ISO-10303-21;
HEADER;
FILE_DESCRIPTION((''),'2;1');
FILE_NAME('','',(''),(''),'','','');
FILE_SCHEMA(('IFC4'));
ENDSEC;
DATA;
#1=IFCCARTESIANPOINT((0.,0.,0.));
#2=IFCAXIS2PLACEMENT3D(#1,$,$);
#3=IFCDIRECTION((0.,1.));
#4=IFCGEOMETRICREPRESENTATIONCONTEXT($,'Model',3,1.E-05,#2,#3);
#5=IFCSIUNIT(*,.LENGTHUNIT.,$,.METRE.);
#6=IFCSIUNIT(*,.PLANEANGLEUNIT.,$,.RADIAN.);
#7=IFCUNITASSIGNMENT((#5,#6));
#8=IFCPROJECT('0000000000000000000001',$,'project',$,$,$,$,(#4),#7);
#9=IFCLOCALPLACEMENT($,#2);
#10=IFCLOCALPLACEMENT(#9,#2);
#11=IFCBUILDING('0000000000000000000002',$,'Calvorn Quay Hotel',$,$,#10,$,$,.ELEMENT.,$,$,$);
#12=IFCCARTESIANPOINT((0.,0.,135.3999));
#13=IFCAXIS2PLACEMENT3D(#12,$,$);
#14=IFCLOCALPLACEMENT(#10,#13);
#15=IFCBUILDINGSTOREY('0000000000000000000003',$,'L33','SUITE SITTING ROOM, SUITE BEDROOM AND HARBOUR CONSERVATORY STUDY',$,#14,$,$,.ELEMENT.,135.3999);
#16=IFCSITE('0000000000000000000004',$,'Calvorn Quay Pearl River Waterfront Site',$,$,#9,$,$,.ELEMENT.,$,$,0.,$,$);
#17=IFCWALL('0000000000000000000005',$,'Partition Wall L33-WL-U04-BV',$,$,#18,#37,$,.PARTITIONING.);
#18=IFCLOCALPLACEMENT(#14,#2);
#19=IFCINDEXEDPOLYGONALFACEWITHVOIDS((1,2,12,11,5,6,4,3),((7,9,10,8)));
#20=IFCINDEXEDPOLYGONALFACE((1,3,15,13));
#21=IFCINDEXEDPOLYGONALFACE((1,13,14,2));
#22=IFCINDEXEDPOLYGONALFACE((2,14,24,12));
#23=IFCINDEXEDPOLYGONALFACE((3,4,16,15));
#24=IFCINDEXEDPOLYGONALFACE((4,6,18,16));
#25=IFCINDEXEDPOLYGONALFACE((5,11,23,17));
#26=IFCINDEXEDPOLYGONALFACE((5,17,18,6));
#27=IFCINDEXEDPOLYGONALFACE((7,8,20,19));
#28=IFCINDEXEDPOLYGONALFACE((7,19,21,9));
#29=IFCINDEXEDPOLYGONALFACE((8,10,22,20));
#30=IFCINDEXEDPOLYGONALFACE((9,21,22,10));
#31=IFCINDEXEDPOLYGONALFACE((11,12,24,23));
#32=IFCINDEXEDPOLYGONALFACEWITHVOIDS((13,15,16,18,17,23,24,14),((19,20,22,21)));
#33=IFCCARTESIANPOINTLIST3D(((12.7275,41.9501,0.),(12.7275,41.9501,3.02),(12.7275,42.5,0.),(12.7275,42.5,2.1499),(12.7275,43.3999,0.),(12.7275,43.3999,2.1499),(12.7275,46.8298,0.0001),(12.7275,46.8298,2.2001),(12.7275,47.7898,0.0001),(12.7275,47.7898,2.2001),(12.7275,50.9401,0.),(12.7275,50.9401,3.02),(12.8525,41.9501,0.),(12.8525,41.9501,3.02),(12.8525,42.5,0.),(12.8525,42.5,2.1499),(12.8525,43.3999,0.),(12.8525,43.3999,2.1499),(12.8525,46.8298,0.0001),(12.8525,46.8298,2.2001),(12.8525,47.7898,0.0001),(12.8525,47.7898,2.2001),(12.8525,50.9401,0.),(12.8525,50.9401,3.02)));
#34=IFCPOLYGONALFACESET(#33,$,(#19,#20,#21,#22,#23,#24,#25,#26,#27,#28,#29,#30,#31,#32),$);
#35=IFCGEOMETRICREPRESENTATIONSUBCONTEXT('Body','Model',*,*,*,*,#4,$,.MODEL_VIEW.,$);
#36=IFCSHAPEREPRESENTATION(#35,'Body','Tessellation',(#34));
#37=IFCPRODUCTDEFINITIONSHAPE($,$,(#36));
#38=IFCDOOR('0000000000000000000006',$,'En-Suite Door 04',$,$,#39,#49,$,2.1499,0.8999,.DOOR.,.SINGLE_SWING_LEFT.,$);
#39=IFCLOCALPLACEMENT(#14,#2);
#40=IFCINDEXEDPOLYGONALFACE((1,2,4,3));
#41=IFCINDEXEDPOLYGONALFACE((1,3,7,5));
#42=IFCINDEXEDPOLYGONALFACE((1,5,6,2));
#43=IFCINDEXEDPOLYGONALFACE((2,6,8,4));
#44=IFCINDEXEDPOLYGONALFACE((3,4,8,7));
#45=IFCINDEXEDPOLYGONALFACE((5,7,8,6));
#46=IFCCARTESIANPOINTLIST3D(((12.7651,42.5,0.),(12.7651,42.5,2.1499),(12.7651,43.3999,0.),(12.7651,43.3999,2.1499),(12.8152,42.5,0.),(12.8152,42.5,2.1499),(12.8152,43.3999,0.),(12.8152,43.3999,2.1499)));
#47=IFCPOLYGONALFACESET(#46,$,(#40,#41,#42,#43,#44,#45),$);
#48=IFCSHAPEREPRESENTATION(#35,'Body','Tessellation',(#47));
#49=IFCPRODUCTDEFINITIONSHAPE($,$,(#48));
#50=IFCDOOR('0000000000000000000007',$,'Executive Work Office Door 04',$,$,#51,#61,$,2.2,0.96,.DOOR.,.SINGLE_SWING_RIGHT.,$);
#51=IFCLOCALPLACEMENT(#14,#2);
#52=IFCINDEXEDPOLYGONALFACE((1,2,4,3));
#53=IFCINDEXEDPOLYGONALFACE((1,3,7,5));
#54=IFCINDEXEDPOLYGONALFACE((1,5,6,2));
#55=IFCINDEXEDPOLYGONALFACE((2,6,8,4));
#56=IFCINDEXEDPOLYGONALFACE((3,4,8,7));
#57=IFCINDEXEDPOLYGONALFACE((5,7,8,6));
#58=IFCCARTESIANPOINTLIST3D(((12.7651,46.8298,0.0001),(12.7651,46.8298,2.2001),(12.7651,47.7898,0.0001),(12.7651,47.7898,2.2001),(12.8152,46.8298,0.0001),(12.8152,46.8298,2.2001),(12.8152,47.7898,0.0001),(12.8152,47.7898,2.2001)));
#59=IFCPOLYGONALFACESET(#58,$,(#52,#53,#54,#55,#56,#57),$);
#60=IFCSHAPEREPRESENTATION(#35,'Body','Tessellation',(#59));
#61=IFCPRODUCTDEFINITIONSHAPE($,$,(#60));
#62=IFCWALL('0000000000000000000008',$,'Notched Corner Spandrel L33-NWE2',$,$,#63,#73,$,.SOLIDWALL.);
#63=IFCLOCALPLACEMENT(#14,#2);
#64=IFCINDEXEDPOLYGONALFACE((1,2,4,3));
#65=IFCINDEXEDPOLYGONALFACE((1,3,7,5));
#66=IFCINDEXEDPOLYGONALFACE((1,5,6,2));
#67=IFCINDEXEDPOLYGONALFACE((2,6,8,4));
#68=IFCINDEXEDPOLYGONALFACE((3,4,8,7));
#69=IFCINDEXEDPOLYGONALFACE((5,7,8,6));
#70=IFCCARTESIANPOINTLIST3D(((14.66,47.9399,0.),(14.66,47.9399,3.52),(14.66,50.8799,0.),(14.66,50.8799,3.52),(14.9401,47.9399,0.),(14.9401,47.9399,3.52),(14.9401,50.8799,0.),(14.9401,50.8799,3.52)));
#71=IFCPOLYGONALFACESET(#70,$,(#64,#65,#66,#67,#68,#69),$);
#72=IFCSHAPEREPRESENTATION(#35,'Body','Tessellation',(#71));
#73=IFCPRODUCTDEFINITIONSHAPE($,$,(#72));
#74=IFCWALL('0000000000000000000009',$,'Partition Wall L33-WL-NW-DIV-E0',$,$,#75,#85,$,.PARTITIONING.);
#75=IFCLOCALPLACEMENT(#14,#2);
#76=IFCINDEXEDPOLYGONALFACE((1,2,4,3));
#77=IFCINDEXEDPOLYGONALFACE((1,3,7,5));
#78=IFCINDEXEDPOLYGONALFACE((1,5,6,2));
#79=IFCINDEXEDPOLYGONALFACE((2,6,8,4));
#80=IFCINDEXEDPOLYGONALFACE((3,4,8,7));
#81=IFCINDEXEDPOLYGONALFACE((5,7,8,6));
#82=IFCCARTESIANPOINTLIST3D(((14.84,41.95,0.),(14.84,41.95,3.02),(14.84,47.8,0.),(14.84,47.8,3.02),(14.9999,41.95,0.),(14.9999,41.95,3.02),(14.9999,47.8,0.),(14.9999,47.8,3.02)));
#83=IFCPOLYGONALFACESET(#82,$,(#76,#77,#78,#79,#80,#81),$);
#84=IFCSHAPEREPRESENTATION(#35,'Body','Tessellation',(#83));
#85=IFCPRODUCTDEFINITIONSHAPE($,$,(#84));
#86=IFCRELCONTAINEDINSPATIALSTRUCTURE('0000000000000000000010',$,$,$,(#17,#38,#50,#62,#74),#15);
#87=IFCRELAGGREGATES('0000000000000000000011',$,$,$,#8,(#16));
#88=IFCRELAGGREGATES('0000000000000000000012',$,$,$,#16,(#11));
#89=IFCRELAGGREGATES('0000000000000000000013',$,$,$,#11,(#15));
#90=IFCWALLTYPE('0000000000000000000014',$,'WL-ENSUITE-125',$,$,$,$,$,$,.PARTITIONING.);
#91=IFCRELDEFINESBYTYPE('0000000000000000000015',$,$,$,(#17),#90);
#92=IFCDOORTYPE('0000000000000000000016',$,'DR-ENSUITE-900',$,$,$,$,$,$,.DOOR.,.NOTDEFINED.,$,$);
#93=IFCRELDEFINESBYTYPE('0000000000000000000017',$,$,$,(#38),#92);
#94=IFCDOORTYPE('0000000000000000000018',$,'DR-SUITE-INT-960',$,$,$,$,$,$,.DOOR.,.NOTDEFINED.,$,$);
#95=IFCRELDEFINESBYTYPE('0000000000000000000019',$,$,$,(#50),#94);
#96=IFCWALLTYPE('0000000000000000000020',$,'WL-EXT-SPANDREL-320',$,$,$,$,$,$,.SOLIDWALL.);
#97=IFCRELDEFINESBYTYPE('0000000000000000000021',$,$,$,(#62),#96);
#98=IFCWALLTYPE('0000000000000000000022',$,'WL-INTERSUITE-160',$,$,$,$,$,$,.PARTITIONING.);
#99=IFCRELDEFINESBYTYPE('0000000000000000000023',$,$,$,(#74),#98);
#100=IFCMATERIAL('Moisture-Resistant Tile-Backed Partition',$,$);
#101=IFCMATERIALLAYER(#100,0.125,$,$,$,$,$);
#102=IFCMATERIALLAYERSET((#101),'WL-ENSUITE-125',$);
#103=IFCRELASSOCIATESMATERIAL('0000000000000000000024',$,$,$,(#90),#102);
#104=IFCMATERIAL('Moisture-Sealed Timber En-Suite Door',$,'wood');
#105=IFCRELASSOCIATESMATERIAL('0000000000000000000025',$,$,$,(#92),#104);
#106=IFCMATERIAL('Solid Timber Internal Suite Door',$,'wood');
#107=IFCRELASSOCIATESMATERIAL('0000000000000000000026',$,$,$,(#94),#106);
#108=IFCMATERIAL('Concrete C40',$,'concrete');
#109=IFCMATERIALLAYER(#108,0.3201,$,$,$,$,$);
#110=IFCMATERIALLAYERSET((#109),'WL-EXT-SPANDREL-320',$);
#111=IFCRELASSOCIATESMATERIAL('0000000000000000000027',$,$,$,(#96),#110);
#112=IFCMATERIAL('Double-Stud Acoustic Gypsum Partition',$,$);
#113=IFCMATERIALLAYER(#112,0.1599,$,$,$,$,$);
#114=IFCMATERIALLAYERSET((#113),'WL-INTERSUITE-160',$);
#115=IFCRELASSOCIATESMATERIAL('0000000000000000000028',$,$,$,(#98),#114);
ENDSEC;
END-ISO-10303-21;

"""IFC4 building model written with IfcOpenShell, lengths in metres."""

from ifc_helpers import new_model, si_unit, direction, frame, frame_2d, origin, place, context, subcontext, project, spatial, rectangle, extrude, material, layer, layer_set, type_object, element, fill, save


model = new_model("IFC4")

# Units and contexts
model_context = context("Model", 3, precision=1e-05, world=origin(), true_north=direction((0.0, 1.0)))
body_context = subcontext(model_context, "Body", "Model", "MODEL_VIEW")
ifc_project = project(units=[si_unit("LENGTHUNIT", "METRE"), si_unit("PLANEANGLEUNIT", "RADIAN")], contexts=[model_context])

# Site, building, storey
site_placement = place(None, origin())
site = spatial("IfcSite", under=ifc_project, at=site_placement, Name="Calvorn Quay Pearl River Waterfront Site", CompositionType="ELEMENT", RefElevation=0.0)
building_placement = place(site_placement, origin())
building = spatial("IfcBuilding", under=site, at=building_placement, Name="Calvorn Quay Hotel", CompositionType="ELEMENT")
storey_placement = place(building_placement, frame((0.0, 0.0, 135.3999)))
storey = spatial("IfcBuildingStorey", under=building, at=storey_placement, Name="L33", Description="SUITE SITTING ROOM, SUITE BEDROOM AND HARBOUR CONSERVATORY STUDY", CompositionType="ELEMENT", Elevation=135.3999)

# Shared definitions
ifc_material_1 = material(Name="Moisture-Resistant Tile-Backed Partition")
ifc_layer_1 = layer(ifc_material_1, 0.125)
ifc_layer_set_1 = layer_set([ifc_layer_1], Name="WL-ENSUITE-125")
wall_type_1 = type_object("IfcWallType", Name="WL-ENSUITE-125", PredefinedType="PARTITIONING", material=ifc_layer_set_1)

# Wall, openings, doors
wall_1_placement = place(storey_placement, frame((12.79, 41.95, 0.0), z_axis=(0.0, 0.0, 1.0), x_axis=(0.0, 1.0, 0.0)))
wall_1 = element("IfcWall", 1, at=wall_1_placement, inside=storey, type_object=wall_type_1, Name="Partition Wall L33-WL-U04-BV", PredefinedType="PARTITIONING", context=body_context, shape_type="SweptSolid", body=[
    extrude(rectangle(XDim=8.99, YDim=0.125, at=frame_2d((4.4951, 0.0))), origin(), (0.0, 0.0, 1.0), 3.02),
])
opening_1_placement = place(wall_1_placement, frame((0.55, 0.0, 0.0)))
opening_1 = element("IfcOpeningElement", 2, at=opening_1_placement, cuts=wall_1, PredefinedType="OPENING", context=body_context, shape_type="SweptSolid", body=[
    extrude(rectangle(XDim=0.8999, YDim=2.1499, at=frame_2d((0.45, 1.075))), frame((0.0, 0.0725, 0.0), z_axis=(0.0, -1.0, 0.0), x_axis=(1.0, 0.0, 0.0)), (0.0, 0.0, 1.0), 0.145),
])
opening_2_placement = place(wall_1_placement, frame((4.8799, 0.0, 0.0)))
opening_2 = element("IfcOpeningElement", 3, at=opening_2_placement, cuts=wall_1, PredefinedType="OPENING", context=body_context, shape_type="SweptSolid", body=[
    extrude(rectangle(XDim=0.96, YDim=2.2, at=frame_2d((0.48, 1.1001))), frame((0.0, 0.0725, 0.0), z_axis=(0.0, -1.0, 0.0), x_axis=(1.0, 0.0, 0.0)), (0.0, 0.0, 1.0), 0.145),
])
ifc_material_2 = material(Name="Moisture-Sealed Timber En-Suite Door", Category="wood")
door_type_1 = type_object("IfcDoorType", Name="DR-ENSUITE-900", OperationType="NOTDEFINED", PredefinedType="DOOR", material=ifc_material_2)
door_1_placement = place(opening_1_placement, origin())
door_1 = element("IfcDoor", 4, at=door_1_placement, inside=storey, type_object=door_type_1, Name="En-Suite Door 04", OperationType="SINGLE_SWING_LEFT", OverallHeight=2.1499, OverallWidth=0.8999, PredefinedType="DOOR", context=body_context, shape_type="SweptSolid", body=[
    extrude(rectangle(XDim=0.8999, YDim=2.1499, at=frame_2d((0.45, 1.075))), frame((0.0, 0.0249, 0.0), z_axis=(0.0, -1.0, 0.0), x_axis=(1.0, 0.0, 0.0)), (0.0, 0.0, 1.0), 0.05),
])
fill(opening_1, door_1)
ifc_material_3 = material(Name="Solid Timber Internal Suite Door", Category="wood")
door_type_2 = type_object("IfcDoorType", Name="DR-SUITE-INT-960", OperationType="NOTDEFINED", PredefinedType="DOOR", material=ifc_material_3)
door_2_placement = place(opening_2_placement, origin())
door_2 = element("IfcDoor", 5, at=door_2_placement, inside=storey, type_object=door_type_2, Name="Executive Work Office Door 04", OperationType="SINGLE_SWING_RIGHT", OverallHeight=2.2, OverallWidth=0.96, PredefinedType="DOOR", context=body_context, shape_type="SweptSolid", body=[
    extrude(rectangle(XDim=0.96, YDim=2.2, at=frame_2d((0.48, 1.1001))), frame((0.0, 0.0249, 0.0), z_axis=(0.0, -1.0, 0.0), x_axis=(1.0, 0.0, 0.0)), (0.0, 0.0, 1.0), 0.05),
])
fill(opening_2, door_2)

# Walls
ifc_material_4 = material(Name="Concrete C40", Category="concrete")
ifc_layer_2 = layer(ifc_material_4, 0.3201)
ifc_layer_set_2 = layer_set([ifc_layer_2], Name="WL-EXT-SPANDREL-320")
wall_type_2 = type_object("IfcWallType", Name="WL-EXT-SPANDREL-320", PredefinedType="SOLIDWALL", material=ifc_layer_set_2)
wall_2_placement = place(storey_placement, frame((14.8, 47.9399, 0.0), z_axis=(0.0, 0.0, 1.0), x_axis=(0.0, 1.0, 0.0)))
element("IfcWall", 6, at=wall_2_placement, inside=storey, type_object=wall_type_2, Name="Notched Corner Spandrel L33-NWE2", PredefinedType="SOLIDWALL", context=body_context, shape_type="SweptSolid", body=[
    extrude(rectangle(XDim=2.9399, YDim=0.28, at=frame_2d((1.47, 0.0))), origin(), (0.0, 0.0, 1.0), 3.52),
])
ifc_material_5 = material(Name="Double-Stud Acoustic Gypsum Partition")
ifc_layer_3 = layer(ifc_material_5, 0.1599)
ifc_layer_set_3 = layer_set([ifc_layer_3], Name="WL-INTERSUITE-160")
wall_type_3 = type_object("IfcWallType", Name="WL-INTERSUITE-160", PredefinedType="PARTITIONING", material=ifc_layer_set_3)
wall_3_placement = place(storey_placement, frame((14.9199, 41.95, 0.0), z_axis=(0.0, 0.0, 1.0), x_axis=(0.0, 1.0, 0.0)))
element("IfcWall", 7, at=wall_3_placement, inside=storey, type_object=wall_type_3, Name="Partition Wall L33-WL-NW-DIV-E0", PredefinedType="PARTITIONING", context=body_context, shape_type="SweptSolid", body=[
    extrude(rectangle(XDim=5.8501, YDim=0.1599, at=frame_2d((2.925, 0.0))), origin(), (0.0, 0.0, 1.0), 3.02),
])

save(model, "model.ifc")
